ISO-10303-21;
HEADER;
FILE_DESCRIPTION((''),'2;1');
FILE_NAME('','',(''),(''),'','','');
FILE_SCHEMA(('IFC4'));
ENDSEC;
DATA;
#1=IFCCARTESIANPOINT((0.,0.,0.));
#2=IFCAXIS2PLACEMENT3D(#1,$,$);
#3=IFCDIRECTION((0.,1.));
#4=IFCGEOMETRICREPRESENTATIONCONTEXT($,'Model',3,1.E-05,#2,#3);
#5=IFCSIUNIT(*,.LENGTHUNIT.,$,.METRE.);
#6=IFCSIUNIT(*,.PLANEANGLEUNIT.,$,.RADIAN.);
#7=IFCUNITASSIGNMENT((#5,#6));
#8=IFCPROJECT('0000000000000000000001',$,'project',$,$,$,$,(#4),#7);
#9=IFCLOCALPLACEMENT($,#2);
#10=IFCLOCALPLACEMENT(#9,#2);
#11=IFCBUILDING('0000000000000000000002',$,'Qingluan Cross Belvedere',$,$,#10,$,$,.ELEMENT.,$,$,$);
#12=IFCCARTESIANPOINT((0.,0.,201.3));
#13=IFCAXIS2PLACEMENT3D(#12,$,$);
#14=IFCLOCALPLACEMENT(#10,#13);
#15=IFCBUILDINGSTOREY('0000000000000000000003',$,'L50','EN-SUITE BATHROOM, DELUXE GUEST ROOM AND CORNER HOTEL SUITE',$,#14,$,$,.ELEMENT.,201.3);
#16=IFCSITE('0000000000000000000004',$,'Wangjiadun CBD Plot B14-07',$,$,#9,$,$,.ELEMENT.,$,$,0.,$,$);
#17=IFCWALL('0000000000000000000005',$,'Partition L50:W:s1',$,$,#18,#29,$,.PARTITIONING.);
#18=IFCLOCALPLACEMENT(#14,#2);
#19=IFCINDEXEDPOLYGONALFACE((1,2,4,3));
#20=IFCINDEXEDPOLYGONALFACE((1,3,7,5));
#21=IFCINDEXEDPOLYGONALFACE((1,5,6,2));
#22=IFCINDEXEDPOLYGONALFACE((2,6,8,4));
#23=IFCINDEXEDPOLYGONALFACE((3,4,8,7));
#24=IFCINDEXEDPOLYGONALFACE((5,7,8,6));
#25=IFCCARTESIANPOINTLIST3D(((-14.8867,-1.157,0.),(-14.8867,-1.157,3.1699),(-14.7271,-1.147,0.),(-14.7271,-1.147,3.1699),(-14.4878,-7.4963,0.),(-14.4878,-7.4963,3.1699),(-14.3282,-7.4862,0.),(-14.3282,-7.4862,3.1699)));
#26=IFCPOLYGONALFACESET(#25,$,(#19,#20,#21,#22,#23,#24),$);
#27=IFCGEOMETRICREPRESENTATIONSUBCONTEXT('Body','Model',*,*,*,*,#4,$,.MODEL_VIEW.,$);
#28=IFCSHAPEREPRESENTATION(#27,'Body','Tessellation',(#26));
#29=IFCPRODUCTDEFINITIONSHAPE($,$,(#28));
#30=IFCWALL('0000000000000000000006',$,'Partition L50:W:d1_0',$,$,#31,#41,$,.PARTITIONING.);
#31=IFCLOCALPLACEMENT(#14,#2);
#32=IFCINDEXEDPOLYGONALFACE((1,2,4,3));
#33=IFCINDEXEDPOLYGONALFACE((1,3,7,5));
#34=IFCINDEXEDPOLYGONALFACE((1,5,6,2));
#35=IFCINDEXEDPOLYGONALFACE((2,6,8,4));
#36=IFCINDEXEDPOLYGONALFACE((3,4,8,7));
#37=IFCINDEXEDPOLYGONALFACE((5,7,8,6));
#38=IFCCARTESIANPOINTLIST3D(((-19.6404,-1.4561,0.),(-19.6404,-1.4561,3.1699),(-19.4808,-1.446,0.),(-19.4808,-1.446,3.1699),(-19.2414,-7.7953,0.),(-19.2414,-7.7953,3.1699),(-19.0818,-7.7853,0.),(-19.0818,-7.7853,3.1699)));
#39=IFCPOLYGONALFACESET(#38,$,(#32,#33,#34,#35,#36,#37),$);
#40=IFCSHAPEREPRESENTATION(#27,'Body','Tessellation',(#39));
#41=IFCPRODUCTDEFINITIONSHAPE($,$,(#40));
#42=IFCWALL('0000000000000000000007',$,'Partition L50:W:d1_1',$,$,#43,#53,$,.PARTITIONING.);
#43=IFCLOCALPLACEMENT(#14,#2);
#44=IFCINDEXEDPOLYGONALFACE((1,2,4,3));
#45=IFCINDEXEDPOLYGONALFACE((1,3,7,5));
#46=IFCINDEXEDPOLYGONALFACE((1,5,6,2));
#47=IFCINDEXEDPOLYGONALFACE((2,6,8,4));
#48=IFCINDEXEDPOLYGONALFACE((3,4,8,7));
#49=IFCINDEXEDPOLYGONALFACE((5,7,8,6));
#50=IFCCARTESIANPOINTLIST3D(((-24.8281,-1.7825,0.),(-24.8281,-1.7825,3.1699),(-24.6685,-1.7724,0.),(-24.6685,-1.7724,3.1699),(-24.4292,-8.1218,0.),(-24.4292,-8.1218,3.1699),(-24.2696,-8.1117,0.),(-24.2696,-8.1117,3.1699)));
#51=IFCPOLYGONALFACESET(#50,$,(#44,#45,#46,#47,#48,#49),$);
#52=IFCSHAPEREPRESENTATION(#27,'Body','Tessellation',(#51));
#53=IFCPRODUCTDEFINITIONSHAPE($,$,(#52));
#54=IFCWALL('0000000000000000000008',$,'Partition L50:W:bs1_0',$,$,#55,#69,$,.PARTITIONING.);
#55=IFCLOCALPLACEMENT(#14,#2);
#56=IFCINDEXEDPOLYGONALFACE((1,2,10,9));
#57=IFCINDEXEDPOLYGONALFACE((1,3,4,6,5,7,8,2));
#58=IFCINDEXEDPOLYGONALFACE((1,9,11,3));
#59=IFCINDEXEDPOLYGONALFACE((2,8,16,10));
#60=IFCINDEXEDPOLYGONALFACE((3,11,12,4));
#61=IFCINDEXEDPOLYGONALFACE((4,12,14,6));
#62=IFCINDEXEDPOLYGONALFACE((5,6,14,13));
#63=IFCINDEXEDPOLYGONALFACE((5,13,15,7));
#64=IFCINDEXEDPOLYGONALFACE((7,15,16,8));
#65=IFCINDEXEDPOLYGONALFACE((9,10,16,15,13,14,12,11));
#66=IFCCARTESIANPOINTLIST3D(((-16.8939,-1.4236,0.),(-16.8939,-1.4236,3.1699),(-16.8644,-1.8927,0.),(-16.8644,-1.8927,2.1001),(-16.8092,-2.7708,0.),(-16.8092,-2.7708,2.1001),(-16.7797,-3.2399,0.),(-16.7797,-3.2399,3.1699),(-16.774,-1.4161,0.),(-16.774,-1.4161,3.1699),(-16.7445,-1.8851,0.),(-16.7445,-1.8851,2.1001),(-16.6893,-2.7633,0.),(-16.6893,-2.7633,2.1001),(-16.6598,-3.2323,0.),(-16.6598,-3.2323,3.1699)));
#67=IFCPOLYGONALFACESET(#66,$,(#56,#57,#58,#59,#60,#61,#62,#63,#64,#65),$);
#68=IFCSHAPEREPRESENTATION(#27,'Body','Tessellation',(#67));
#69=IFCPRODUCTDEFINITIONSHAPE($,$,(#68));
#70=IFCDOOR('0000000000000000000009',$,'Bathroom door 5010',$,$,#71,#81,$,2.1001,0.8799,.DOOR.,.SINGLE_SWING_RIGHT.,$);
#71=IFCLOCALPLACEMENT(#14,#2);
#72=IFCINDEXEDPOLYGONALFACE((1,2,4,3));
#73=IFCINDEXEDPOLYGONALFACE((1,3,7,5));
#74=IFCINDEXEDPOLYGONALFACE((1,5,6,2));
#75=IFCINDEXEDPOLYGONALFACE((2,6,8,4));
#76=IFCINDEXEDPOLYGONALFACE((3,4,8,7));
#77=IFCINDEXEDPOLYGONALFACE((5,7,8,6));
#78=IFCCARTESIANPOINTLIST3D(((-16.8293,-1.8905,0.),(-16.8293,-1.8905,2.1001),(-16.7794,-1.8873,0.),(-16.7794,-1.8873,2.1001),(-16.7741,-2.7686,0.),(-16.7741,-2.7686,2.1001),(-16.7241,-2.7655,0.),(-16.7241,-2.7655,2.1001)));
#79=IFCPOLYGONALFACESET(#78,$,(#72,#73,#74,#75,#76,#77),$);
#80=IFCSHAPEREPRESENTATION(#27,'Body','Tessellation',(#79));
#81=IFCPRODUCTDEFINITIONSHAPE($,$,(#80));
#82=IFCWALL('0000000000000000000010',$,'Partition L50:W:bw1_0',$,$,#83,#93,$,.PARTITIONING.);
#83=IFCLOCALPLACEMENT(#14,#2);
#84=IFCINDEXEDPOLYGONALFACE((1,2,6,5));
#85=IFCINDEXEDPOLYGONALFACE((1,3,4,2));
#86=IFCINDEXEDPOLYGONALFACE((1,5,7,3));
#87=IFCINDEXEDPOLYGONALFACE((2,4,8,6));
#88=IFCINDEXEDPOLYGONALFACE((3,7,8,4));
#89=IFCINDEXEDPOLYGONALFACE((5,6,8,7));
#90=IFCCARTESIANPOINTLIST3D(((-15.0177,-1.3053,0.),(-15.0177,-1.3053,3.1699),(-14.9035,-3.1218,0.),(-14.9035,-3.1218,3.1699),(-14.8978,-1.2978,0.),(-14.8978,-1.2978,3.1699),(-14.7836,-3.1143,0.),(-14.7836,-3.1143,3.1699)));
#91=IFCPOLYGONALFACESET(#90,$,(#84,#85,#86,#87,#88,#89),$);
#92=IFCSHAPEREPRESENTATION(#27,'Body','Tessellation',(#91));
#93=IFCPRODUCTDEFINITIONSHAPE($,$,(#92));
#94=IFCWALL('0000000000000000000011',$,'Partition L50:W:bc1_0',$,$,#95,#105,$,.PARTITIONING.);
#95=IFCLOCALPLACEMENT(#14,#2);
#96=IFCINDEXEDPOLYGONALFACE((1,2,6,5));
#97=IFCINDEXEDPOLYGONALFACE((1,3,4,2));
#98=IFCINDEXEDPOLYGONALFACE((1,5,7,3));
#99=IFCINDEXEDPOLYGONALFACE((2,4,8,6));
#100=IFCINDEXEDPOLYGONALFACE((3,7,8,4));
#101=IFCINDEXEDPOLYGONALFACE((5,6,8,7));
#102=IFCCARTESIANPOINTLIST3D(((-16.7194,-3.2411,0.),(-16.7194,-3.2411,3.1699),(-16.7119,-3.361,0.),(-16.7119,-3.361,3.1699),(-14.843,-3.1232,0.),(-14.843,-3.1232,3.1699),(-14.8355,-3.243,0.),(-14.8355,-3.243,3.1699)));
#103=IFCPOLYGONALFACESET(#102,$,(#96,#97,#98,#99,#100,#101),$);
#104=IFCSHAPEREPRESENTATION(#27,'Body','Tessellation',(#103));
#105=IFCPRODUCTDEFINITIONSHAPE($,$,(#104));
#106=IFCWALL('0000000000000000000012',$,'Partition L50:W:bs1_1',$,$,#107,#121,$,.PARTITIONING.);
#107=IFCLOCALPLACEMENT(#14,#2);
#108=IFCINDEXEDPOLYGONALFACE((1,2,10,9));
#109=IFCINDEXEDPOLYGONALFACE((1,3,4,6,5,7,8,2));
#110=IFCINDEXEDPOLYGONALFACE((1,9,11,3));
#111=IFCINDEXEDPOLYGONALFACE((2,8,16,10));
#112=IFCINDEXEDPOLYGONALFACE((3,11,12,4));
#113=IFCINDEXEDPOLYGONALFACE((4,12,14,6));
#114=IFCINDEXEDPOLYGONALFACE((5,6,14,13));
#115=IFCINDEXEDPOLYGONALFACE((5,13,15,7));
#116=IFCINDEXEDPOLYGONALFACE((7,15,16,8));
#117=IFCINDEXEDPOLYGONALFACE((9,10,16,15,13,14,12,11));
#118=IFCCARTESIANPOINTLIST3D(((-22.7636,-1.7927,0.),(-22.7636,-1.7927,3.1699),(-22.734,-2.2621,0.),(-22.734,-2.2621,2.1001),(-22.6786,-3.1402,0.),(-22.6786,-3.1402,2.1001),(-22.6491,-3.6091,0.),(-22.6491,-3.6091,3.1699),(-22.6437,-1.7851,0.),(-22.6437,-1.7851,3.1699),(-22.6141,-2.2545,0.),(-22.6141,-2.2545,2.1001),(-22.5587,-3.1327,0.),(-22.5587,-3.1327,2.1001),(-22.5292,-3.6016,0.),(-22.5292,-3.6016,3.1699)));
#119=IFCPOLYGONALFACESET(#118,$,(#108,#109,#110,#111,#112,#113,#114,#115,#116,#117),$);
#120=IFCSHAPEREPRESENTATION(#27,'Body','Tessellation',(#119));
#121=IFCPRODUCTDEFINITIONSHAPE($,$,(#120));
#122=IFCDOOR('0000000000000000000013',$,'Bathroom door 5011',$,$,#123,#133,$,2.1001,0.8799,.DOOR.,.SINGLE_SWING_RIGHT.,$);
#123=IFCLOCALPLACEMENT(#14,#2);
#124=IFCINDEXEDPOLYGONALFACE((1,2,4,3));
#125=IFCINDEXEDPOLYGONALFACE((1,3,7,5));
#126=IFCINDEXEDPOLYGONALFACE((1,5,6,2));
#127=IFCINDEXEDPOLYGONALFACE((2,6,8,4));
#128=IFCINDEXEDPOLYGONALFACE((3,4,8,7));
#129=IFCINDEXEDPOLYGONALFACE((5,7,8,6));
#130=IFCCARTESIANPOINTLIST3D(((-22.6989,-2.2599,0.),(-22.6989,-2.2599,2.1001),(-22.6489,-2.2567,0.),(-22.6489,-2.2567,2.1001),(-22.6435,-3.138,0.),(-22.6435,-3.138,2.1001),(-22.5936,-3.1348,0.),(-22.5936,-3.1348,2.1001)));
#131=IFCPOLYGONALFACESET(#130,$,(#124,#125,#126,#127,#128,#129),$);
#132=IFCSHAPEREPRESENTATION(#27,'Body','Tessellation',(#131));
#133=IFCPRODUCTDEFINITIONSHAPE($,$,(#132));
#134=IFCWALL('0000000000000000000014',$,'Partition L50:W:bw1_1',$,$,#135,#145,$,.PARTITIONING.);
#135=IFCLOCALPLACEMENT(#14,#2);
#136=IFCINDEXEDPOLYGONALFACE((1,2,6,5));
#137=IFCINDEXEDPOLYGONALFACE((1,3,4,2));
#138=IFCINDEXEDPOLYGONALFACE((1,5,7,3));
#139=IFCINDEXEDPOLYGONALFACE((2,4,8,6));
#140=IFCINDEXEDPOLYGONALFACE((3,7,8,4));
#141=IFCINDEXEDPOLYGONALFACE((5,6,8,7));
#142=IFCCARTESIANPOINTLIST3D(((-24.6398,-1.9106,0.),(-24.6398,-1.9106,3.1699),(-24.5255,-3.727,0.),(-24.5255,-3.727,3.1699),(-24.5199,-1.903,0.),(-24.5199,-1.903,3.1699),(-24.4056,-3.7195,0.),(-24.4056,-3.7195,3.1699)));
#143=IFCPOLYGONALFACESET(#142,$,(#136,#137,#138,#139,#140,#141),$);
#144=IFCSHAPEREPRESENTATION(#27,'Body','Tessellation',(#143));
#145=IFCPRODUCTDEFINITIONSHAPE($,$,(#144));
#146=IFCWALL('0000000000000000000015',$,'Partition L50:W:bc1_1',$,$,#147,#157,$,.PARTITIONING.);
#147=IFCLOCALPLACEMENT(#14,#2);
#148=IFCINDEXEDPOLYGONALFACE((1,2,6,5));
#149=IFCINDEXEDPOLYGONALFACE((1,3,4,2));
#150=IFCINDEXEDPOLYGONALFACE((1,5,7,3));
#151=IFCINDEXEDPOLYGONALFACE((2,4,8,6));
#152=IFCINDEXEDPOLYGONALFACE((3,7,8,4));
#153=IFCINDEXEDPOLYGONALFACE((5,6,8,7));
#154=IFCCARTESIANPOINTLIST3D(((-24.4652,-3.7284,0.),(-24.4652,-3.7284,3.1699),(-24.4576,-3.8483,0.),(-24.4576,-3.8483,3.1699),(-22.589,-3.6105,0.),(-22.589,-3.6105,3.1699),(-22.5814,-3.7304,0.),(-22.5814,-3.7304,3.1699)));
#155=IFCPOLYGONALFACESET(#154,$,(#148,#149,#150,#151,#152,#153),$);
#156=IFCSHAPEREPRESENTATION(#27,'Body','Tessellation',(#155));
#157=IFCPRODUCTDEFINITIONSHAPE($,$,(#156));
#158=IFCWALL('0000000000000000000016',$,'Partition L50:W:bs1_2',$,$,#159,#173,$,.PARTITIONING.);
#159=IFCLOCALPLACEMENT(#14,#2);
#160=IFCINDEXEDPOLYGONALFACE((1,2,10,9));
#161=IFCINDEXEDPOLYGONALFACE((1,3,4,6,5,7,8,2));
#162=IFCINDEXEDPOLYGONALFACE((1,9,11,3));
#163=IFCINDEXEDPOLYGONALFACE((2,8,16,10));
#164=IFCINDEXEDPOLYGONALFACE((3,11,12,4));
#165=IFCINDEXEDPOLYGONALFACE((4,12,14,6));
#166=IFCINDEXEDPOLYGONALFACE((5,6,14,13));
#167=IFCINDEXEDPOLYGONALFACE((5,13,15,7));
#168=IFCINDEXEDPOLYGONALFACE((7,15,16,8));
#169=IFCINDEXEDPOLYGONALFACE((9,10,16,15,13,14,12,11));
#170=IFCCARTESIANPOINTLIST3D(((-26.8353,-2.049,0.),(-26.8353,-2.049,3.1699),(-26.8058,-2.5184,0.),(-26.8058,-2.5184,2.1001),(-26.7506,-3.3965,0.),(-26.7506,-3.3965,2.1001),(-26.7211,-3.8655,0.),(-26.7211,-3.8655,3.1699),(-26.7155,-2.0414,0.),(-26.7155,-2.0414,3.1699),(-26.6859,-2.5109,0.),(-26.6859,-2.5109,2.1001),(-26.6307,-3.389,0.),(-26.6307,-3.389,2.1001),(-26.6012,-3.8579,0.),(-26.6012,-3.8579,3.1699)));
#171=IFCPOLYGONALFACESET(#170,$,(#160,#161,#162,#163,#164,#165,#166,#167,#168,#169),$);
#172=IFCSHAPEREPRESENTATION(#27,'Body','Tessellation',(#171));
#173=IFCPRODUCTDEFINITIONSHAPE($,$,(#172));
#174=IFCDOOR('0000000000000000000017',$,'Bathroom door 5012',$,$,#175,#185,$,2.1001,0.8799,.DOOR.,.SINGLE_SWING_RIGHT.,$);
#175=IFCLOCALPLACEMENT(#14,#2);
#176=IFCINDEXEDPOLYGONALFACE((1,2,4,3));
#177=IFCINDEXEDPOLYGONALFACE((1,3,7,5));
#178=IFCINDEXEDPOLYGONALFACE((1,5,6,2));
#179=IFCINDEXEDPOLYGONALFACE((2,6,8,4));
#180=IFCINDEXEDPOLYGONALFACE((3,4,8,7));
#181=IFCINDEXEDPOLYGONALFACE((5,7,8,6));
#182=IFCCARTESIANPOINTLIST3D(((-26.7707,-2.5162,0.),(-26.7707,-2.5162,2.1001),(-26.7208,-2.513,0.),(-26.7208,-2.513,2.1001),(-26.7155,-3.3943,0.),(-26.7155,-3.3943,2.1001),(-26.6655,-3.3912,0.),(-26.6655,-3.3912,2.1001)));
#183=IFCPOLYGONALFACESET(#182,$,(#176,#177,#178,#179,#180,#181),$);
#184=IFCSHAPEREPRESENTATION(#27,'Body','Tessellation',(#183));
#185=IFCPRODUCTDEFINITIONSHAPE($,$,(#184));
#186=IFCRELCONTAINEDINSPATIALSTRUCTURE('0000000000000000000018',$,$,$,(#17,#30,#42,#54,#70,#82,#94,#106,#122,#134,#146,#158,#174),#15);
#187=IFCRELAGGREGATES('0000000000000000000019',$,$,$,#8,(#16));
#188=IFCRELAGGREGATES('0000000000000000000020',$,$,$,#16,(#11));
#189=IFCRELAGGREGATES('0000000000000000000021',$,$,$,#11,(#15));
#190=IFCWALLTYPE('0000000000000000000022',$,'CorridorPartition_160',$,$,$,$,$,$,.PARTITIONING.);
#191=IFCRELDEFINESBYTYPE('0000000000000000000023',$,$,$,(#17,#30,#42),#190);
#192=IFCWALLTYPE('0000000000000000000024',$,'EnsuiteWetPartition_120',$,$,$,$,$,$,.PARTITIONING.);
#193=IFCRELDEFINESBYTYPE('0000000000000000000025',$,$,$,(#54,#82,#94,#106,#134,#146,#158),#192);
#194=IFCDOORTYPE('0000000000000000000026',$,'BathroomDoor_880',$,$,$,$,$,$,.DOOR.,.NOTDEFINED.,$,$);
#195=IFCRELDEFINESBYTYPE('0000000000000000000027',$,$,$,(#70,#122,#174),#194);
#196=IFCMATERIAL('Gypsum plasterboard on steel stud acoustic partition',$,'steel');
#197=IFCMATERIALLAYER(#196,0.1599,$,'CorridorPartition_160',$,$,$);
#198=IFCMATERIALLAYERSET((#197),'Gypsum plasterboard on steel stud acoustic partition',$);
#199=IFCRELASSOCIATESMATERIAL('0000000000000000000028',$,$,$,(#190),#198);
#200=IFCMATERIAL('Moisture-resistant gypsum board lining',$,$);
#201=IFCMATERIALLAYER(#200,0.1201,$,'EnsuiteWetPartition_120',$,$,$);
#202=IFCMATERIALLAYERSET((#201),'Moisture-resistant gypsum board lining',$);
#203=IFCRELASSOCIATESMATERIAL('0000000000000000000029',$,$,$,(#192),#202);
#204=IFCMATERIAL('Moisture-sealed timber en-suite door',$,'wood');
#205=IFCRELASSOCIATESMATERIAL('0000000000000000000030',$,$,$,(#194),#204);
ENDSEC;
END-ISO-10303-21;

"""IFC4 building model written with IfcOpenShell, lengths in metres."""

from ifc_helpers import new_model, si_unit, direction, frame, frame_2d, origin, place, context, subcontext, project, spatial, rectangle, extrude, material, layer, layer_set, type_object, element, fill, save


model = new_model("IFC4")

# Units and contexts
model_context = context("Model", 3, precision=1e-05, world=origin(), true_north=direction((0.0, 1.0)))
body_context = subcontext(model_context, "Body", "Model", "MODEL_VIEW")
ifc_project = project(units=[si_unit("LENGTHUNIT", "METRE"), si_unit("PLANEANGLEUNIT", "RADIAN")], contexts=[model_context])

# Site, building, storey
site_placement = place(None, origin())
site = spatial("IfcSite", under=ifc_project, at=site_placement, Name="Wangjiadun CBD Plot B14-07", CompositionType="ELEMENT", RefElevation=0.0)
building_placement = place(site_placement, origin())
building = spatial("IfcBuilding", under=site, at=building_placement, Name="Qingluan Cross Belvedere", CompositionType="ELEMENT")
storey_placement = place(building_placement, frame((0.0, 0.0, 201.3)))
storey = spatial("IfcBuildingStorey", under=building, at=storey_placement, Name="L50", Description="EN-SUITE BATHROOM, DELUXE GUEST ROOM AND CORNER HOTEL SUITE", CompositionType="ELEMENT", Elevation=201.3)

# Shared definitions
ifc_material_1 = material(Name="Gypsum plasterboard on steel stud acoustic partition", Category="steel")
ifc_layer_1 = layer(ifc_material_1, 0.1599, Name="CorridorPartition_160")
ifc_layer_set_1 = layer_set([ifc_layer_1], Name="Gypsum plasterboard on steel stud acoustic partition")
wall_type_1 = type_object("IfcWallType", Name="CorridorPartition_160", PredefinedType="PARTITIONING", material=ifc_layer_set_1)

# Walls
for number, where, z_axis, x_axis, name in (
    (1, (-14.8069, -1.1521, 0.0), (0.0, 0.0, 1.0), (0.062804, -0.998026, 0.0), "Partition L50:W:s1"),
    (2, (-19.5605, -1.4512, 0.0), (0.0, 0.0, 1.0), (0.062804, -0.998026, 0.0), "Partition L50:W:d1_0"),
    (3, (-24.7483, -1.7776, 0.0), (0.0, 0.0, 1.0), (0.062804, -0.998026, 0.0), "Partition L50:W:d1_1"),
):
    element("IfcWall", number, at=place(storey_placement, frame(where, z_axis=z_axis, x_axis=x_axis)), inside=storey, type_object=wall_type_1, Name=name, PredefinedType="PARTITIONING", context=body_context, shape_type="SweptSolid", body=[
        extrude(rectangle(XDim=6.3518, YDim=0.1599, at=frame_2d((3.1758, 0.0))), origin(), (0.0, 0.0, 1.0), 3.1699),
    ])

# Wall, opening, door
ifc_material_2 = material(Name="Moisture-resistant gypsum board lining")
ifc_layer_2 = layer(ifc_material_2, 0.1201, Name="EnsuiteWetPartition_120")
ifc_layer_set_2 = layer_set([ifc_layer_2], Name="Moisture-resistant gypsum board lining")
wall_type_2 = type_object("IfcWallType", Name="EnsuiteWetPartition_120", PredefinedType="PARTITIONING", material=ifc_layer_set_2)
wall_1_placement = place(storey_placement, frame((-16.7197, -3.2361, 0.0), z_axis=(0.0, 0.0, 1.0), x_axis=(-0.062788, 0.998027, 0.0)))
wall_1 = element("IfcWall", 4, at=wall_1_placement, inside=storey, type_object=wall_type_2, Name="Partition L50:W:bs1_0", PredefinedType="PARTITIONING", context=body_context, shape_type="SweptSolid", body=[
    extrude(rectangle(XDim=1.8198, YDim=0.1201, at=frame_2d((0.9099, 0.0))), origin(), (0.0, 0.0, 1.0), 3.1699),
])
opening_1_placement = place(wall_1_placement, frame((0.47, 0.0, 0.0)))
opening_1 = element("IfcOpeningElement", 5, at=opening_1_placement, cuts=wall_1, PredefinedType="OPENING", context=body_context, shape_type="SweptSolid", body=[
    extrude(rectangle(XDim=0.8799, YDim=2.1001, at=frame_2d((0.4399, 1.05))), frame((0.0, 0.0701, 0.0), z_axis=(0.0, -1.0, 0.0), x_axis=(1.0, 0.0, 0.0)), (0.0, 0.0, 1.0), 0.1401),
])
ifc_material_3 = material(Name="Moisture-sealed timber en-suite door", Category="wood")
door_type_1 = type_object("IfcDoorType", Name="BathroomDoor_880", OperationType="NOTDEFINED", PredefinedType="DOOR", material=ifc_material_3)
door_1_placement = place(opening_1_placement, origin())
door_1 = element("IfcDoor", 6, at=door_1_placement, inside=storey, type_object=door_type_1, Name="Bathroom door 5010", OperationType="SINGLE_SWING_RIGHT", OverallHeight=2.1001, OverallWidth=0.8799, PredefinedType="DOOR", context=body_context, shape_type="SweptSolid", body=[
    extrude(rectangle(XDim=0.8799, YDim=2.1001, at=frame_2d((0.4399, 1.05))), frame((0.0, 0.0249, 0.0), z_axis=(0.0, -1.0, 0.0), x_axis=(1.0, 0.0, 0.0)), (0.0, 0.0, 1.0), 0.05),
])
fill(opening_1, door_1)

# Walls
wall_2_placement = place(storey_placement, frame((-14.8435, -3.1182, 0.0), z_axis=(0.0, 0.0, 1.0), x_axis=(-0.062779, 0.998027, 0.0)))
element("IfcWall", 7, at=wall_2_placement, inside=storey, type_object=wall_type_2, Name="Partition L50:W:bw1_0", PredefinedType="PARTITIONING", context=body_context, shape_type="SweptSolid", body=[
    extrude(rectangle(XDim=1.8201, YDim=0.1201, at=frame_2d((0.9102, 0.0))), origin(), (0.0, 0.0, 1.0), 3.1699),
])
wall_3_placement = place(storey_placement, frame((-14.8394, -3.1831, 0.0), z_axis=(0.0, 0.0, 1.0), x_axis=(-0.998031, -0.062718, 0.0)))
element("IfcWall", 8, at=wall_3_placement, inside=storey, type_object=wall_type_2, Name="Partition L50:W:bc1_0", PredefinedType="PARTITIONING", context=body_context, shape_type="SweptSolid", body=[
    extrude(rectangle(XDim=1.8801, YDim=0.1201, at=frame_2d((0.9399, 0.0))), origin(), (0.0, 0.0, 1.0), 3.1699),
])

# Wall, opening, door
wall_4_placement = place(storey_placement, frame((-22.5891, -3.6055, 0.0), z_axis=(0.0, 0.0, 1.0), x_axis=(-0.062913, 0.998019, 0.0)))
wall_4 = element("IfcWall", 9, at=wall_4_placement, inside=storey, type_object=wall_type_2, Name="Partition L50:W:bs1_1", PredefinedType="PARTITIONING", context=body_context, shape_type="SweptSolid", body=[
    extrude(rectangle(XDim=1.8201, YDim=0.1201, at=frame_2d((0.9102, 0.0))), origin(), (0.0, 0.0, 1.0), 3.1699),
])
opening_2_placement = place(wall_4_placement, frame((0.47, 0.0, 0.0)))
opening_2 = element("IfcOpeningElement", 10, at=opening_2_placement, cuts=wall_4, PredefinedType="OPENING", context=body_context, shape_type="SweptSolid", body=[
    extrude(rectangle(XDim=0.8799, YDim=2.1001, at=frame_2d((0.4399, 1.05))), frame((0.0, 0.0701, 0.0), z_axis=(0.0, -1.0, 0.0), x_axis=(1.0, 0.0, 0.0)), (0.0, 0.0, 1.0), 0.1401),
])
door_2_placement = place(opening_2_placement, origin())
door_2 = element("IfcDoor", 11, at=door_2_placement, inside=storey, type_object=door_type_1, Name="Bathroom door 5011", OperationType="SINGLE_SWING_RIGHT", OverallHeight=2.1001, OverallWidth=0.8799, PredefinedType="DOOR", context=body_context, shape_type="SweptSolid", body=[
    extrude(rectangle(XDim=0.8799, YDim=2.1001, at=frame_2d((0.4399, 1.05))), frame((0.0, 0.0249, 0.0), z_axis=(0.0, -1.0, 0.0), x_axis=(1.0, 0.0, 0.0)), (0.0, 0.0, 1.0), 0.05),
])
fill(opening_2, door_2)

# Walls
wall_5_placement = place(storey_placement, frame((-24.4656, -3.7234, 0.0), z_axis=(0.0, 0.0, 1.0), x_axis=(-0.062779, 0.998027, 0.0)))
element("IfcWall", 12, at=wall_5_placement, inside=storey, type_object=wall_type_2, Name="Partition L50:W:bw1_1", PredefinedType="PARTITIONING", context=body_context, shape_type="SweptSolid", body=[
    extrude(rectangle(XDim=1.8201, YDim=0.1201, at=frame_2d((0.9102, 0.0))), origin(), (0.0, 0.0, 1.0), 3.1699),
])
wall_6_placement = place(storey_placement, frame((-22.5852, -3.6704, 0.0), z_axis=(0.0, 0.0, 1.0), x_axis=(-0.998031, -0.062726, 0.0)))
element("IfcWall", 13, at=wall_6_placement, inside=storey, type_object=wall_type_2, Name="Partition L50:W:bc1_1", PredefinedType="PARTITIONING", context=body_context, shape_type="SweptSolid", body=[
    extrude(rectangle(XDim=1.8799, YDim=0.1201, at=frame_2d((0.9399, 0.0))), origin(), (0.0, 0.0, 1.0), 3.1699),
])

# Wall, opening, door
wall_7_placement = place(storey_placement, frame((-26.6611, -3.8618, 0.0), z_axis=(0.0, 0.0, 1.0), x_axis=(-0.062779, 0.998027, 0.0)))
wall_7 = element("IfcWall", 14, at=wall_7_placement, inside=storey, type_object=wall_type_2, Name="Partition L50:W:bs1_2", PredefinedType="PARTITIONING", context=body_context, shape_type="SweptSolid", body=[
    extrude(rectangle(XDim=1.8201, YDim=0.1201, at=frame_2d((0.9102, 0.0))), origin(), (0.0, 0.0, 1.0), 3.1699),
])
opening_3_placement = place(wall_7_placement, frame((0.47, 0.0, 0.0)))
opening_3 = element("IfcOpeningElement", 15, at=opening_3_placement, cuts=wall_7, PredefinedType="OPENING", context=body_context, shape_type="SweptSolid", body=[
    extrude(rectangle(XDim=0.8799, YDim=2.1001, at=frame_2d((0.4399, 1.05))), frame((0.0, 0.0701, 0.0), z_axis=(0.0, -1.0, 0.0), x_axis=(1.0, 0.0, 0.0)), (0.0, 0.0, 1.0), 0.1401),
])
door_3_placement = place(opening_3_placement, origin())
door_3 = element("IfcDoor", 16, at=door_3_placement, inside=storey, type_object=door_type_1, Name="Bathroom door 5012", OperationType="SINGLE_SWING_RIGHT", OverallHeight=2.1001, OverallWidth=0.8799, PredefinedType="DOOR", context=body_context, shape_type="SweptSolid", body=[
    extrude(rectangle(XDim=0.8799, YDim=2.1001, at=frame_2d((0.4399, 1.05))), frame((0.0, 0.0249, 0.0), z_axis=(0.0, -1.0, 0.0), x_axis=(1.0, 0.0, 0.0)), (0.0, 0.0, 1.0), 0.05),
])
fill(opening_3, door_3)

save(model, "model.ifc")
